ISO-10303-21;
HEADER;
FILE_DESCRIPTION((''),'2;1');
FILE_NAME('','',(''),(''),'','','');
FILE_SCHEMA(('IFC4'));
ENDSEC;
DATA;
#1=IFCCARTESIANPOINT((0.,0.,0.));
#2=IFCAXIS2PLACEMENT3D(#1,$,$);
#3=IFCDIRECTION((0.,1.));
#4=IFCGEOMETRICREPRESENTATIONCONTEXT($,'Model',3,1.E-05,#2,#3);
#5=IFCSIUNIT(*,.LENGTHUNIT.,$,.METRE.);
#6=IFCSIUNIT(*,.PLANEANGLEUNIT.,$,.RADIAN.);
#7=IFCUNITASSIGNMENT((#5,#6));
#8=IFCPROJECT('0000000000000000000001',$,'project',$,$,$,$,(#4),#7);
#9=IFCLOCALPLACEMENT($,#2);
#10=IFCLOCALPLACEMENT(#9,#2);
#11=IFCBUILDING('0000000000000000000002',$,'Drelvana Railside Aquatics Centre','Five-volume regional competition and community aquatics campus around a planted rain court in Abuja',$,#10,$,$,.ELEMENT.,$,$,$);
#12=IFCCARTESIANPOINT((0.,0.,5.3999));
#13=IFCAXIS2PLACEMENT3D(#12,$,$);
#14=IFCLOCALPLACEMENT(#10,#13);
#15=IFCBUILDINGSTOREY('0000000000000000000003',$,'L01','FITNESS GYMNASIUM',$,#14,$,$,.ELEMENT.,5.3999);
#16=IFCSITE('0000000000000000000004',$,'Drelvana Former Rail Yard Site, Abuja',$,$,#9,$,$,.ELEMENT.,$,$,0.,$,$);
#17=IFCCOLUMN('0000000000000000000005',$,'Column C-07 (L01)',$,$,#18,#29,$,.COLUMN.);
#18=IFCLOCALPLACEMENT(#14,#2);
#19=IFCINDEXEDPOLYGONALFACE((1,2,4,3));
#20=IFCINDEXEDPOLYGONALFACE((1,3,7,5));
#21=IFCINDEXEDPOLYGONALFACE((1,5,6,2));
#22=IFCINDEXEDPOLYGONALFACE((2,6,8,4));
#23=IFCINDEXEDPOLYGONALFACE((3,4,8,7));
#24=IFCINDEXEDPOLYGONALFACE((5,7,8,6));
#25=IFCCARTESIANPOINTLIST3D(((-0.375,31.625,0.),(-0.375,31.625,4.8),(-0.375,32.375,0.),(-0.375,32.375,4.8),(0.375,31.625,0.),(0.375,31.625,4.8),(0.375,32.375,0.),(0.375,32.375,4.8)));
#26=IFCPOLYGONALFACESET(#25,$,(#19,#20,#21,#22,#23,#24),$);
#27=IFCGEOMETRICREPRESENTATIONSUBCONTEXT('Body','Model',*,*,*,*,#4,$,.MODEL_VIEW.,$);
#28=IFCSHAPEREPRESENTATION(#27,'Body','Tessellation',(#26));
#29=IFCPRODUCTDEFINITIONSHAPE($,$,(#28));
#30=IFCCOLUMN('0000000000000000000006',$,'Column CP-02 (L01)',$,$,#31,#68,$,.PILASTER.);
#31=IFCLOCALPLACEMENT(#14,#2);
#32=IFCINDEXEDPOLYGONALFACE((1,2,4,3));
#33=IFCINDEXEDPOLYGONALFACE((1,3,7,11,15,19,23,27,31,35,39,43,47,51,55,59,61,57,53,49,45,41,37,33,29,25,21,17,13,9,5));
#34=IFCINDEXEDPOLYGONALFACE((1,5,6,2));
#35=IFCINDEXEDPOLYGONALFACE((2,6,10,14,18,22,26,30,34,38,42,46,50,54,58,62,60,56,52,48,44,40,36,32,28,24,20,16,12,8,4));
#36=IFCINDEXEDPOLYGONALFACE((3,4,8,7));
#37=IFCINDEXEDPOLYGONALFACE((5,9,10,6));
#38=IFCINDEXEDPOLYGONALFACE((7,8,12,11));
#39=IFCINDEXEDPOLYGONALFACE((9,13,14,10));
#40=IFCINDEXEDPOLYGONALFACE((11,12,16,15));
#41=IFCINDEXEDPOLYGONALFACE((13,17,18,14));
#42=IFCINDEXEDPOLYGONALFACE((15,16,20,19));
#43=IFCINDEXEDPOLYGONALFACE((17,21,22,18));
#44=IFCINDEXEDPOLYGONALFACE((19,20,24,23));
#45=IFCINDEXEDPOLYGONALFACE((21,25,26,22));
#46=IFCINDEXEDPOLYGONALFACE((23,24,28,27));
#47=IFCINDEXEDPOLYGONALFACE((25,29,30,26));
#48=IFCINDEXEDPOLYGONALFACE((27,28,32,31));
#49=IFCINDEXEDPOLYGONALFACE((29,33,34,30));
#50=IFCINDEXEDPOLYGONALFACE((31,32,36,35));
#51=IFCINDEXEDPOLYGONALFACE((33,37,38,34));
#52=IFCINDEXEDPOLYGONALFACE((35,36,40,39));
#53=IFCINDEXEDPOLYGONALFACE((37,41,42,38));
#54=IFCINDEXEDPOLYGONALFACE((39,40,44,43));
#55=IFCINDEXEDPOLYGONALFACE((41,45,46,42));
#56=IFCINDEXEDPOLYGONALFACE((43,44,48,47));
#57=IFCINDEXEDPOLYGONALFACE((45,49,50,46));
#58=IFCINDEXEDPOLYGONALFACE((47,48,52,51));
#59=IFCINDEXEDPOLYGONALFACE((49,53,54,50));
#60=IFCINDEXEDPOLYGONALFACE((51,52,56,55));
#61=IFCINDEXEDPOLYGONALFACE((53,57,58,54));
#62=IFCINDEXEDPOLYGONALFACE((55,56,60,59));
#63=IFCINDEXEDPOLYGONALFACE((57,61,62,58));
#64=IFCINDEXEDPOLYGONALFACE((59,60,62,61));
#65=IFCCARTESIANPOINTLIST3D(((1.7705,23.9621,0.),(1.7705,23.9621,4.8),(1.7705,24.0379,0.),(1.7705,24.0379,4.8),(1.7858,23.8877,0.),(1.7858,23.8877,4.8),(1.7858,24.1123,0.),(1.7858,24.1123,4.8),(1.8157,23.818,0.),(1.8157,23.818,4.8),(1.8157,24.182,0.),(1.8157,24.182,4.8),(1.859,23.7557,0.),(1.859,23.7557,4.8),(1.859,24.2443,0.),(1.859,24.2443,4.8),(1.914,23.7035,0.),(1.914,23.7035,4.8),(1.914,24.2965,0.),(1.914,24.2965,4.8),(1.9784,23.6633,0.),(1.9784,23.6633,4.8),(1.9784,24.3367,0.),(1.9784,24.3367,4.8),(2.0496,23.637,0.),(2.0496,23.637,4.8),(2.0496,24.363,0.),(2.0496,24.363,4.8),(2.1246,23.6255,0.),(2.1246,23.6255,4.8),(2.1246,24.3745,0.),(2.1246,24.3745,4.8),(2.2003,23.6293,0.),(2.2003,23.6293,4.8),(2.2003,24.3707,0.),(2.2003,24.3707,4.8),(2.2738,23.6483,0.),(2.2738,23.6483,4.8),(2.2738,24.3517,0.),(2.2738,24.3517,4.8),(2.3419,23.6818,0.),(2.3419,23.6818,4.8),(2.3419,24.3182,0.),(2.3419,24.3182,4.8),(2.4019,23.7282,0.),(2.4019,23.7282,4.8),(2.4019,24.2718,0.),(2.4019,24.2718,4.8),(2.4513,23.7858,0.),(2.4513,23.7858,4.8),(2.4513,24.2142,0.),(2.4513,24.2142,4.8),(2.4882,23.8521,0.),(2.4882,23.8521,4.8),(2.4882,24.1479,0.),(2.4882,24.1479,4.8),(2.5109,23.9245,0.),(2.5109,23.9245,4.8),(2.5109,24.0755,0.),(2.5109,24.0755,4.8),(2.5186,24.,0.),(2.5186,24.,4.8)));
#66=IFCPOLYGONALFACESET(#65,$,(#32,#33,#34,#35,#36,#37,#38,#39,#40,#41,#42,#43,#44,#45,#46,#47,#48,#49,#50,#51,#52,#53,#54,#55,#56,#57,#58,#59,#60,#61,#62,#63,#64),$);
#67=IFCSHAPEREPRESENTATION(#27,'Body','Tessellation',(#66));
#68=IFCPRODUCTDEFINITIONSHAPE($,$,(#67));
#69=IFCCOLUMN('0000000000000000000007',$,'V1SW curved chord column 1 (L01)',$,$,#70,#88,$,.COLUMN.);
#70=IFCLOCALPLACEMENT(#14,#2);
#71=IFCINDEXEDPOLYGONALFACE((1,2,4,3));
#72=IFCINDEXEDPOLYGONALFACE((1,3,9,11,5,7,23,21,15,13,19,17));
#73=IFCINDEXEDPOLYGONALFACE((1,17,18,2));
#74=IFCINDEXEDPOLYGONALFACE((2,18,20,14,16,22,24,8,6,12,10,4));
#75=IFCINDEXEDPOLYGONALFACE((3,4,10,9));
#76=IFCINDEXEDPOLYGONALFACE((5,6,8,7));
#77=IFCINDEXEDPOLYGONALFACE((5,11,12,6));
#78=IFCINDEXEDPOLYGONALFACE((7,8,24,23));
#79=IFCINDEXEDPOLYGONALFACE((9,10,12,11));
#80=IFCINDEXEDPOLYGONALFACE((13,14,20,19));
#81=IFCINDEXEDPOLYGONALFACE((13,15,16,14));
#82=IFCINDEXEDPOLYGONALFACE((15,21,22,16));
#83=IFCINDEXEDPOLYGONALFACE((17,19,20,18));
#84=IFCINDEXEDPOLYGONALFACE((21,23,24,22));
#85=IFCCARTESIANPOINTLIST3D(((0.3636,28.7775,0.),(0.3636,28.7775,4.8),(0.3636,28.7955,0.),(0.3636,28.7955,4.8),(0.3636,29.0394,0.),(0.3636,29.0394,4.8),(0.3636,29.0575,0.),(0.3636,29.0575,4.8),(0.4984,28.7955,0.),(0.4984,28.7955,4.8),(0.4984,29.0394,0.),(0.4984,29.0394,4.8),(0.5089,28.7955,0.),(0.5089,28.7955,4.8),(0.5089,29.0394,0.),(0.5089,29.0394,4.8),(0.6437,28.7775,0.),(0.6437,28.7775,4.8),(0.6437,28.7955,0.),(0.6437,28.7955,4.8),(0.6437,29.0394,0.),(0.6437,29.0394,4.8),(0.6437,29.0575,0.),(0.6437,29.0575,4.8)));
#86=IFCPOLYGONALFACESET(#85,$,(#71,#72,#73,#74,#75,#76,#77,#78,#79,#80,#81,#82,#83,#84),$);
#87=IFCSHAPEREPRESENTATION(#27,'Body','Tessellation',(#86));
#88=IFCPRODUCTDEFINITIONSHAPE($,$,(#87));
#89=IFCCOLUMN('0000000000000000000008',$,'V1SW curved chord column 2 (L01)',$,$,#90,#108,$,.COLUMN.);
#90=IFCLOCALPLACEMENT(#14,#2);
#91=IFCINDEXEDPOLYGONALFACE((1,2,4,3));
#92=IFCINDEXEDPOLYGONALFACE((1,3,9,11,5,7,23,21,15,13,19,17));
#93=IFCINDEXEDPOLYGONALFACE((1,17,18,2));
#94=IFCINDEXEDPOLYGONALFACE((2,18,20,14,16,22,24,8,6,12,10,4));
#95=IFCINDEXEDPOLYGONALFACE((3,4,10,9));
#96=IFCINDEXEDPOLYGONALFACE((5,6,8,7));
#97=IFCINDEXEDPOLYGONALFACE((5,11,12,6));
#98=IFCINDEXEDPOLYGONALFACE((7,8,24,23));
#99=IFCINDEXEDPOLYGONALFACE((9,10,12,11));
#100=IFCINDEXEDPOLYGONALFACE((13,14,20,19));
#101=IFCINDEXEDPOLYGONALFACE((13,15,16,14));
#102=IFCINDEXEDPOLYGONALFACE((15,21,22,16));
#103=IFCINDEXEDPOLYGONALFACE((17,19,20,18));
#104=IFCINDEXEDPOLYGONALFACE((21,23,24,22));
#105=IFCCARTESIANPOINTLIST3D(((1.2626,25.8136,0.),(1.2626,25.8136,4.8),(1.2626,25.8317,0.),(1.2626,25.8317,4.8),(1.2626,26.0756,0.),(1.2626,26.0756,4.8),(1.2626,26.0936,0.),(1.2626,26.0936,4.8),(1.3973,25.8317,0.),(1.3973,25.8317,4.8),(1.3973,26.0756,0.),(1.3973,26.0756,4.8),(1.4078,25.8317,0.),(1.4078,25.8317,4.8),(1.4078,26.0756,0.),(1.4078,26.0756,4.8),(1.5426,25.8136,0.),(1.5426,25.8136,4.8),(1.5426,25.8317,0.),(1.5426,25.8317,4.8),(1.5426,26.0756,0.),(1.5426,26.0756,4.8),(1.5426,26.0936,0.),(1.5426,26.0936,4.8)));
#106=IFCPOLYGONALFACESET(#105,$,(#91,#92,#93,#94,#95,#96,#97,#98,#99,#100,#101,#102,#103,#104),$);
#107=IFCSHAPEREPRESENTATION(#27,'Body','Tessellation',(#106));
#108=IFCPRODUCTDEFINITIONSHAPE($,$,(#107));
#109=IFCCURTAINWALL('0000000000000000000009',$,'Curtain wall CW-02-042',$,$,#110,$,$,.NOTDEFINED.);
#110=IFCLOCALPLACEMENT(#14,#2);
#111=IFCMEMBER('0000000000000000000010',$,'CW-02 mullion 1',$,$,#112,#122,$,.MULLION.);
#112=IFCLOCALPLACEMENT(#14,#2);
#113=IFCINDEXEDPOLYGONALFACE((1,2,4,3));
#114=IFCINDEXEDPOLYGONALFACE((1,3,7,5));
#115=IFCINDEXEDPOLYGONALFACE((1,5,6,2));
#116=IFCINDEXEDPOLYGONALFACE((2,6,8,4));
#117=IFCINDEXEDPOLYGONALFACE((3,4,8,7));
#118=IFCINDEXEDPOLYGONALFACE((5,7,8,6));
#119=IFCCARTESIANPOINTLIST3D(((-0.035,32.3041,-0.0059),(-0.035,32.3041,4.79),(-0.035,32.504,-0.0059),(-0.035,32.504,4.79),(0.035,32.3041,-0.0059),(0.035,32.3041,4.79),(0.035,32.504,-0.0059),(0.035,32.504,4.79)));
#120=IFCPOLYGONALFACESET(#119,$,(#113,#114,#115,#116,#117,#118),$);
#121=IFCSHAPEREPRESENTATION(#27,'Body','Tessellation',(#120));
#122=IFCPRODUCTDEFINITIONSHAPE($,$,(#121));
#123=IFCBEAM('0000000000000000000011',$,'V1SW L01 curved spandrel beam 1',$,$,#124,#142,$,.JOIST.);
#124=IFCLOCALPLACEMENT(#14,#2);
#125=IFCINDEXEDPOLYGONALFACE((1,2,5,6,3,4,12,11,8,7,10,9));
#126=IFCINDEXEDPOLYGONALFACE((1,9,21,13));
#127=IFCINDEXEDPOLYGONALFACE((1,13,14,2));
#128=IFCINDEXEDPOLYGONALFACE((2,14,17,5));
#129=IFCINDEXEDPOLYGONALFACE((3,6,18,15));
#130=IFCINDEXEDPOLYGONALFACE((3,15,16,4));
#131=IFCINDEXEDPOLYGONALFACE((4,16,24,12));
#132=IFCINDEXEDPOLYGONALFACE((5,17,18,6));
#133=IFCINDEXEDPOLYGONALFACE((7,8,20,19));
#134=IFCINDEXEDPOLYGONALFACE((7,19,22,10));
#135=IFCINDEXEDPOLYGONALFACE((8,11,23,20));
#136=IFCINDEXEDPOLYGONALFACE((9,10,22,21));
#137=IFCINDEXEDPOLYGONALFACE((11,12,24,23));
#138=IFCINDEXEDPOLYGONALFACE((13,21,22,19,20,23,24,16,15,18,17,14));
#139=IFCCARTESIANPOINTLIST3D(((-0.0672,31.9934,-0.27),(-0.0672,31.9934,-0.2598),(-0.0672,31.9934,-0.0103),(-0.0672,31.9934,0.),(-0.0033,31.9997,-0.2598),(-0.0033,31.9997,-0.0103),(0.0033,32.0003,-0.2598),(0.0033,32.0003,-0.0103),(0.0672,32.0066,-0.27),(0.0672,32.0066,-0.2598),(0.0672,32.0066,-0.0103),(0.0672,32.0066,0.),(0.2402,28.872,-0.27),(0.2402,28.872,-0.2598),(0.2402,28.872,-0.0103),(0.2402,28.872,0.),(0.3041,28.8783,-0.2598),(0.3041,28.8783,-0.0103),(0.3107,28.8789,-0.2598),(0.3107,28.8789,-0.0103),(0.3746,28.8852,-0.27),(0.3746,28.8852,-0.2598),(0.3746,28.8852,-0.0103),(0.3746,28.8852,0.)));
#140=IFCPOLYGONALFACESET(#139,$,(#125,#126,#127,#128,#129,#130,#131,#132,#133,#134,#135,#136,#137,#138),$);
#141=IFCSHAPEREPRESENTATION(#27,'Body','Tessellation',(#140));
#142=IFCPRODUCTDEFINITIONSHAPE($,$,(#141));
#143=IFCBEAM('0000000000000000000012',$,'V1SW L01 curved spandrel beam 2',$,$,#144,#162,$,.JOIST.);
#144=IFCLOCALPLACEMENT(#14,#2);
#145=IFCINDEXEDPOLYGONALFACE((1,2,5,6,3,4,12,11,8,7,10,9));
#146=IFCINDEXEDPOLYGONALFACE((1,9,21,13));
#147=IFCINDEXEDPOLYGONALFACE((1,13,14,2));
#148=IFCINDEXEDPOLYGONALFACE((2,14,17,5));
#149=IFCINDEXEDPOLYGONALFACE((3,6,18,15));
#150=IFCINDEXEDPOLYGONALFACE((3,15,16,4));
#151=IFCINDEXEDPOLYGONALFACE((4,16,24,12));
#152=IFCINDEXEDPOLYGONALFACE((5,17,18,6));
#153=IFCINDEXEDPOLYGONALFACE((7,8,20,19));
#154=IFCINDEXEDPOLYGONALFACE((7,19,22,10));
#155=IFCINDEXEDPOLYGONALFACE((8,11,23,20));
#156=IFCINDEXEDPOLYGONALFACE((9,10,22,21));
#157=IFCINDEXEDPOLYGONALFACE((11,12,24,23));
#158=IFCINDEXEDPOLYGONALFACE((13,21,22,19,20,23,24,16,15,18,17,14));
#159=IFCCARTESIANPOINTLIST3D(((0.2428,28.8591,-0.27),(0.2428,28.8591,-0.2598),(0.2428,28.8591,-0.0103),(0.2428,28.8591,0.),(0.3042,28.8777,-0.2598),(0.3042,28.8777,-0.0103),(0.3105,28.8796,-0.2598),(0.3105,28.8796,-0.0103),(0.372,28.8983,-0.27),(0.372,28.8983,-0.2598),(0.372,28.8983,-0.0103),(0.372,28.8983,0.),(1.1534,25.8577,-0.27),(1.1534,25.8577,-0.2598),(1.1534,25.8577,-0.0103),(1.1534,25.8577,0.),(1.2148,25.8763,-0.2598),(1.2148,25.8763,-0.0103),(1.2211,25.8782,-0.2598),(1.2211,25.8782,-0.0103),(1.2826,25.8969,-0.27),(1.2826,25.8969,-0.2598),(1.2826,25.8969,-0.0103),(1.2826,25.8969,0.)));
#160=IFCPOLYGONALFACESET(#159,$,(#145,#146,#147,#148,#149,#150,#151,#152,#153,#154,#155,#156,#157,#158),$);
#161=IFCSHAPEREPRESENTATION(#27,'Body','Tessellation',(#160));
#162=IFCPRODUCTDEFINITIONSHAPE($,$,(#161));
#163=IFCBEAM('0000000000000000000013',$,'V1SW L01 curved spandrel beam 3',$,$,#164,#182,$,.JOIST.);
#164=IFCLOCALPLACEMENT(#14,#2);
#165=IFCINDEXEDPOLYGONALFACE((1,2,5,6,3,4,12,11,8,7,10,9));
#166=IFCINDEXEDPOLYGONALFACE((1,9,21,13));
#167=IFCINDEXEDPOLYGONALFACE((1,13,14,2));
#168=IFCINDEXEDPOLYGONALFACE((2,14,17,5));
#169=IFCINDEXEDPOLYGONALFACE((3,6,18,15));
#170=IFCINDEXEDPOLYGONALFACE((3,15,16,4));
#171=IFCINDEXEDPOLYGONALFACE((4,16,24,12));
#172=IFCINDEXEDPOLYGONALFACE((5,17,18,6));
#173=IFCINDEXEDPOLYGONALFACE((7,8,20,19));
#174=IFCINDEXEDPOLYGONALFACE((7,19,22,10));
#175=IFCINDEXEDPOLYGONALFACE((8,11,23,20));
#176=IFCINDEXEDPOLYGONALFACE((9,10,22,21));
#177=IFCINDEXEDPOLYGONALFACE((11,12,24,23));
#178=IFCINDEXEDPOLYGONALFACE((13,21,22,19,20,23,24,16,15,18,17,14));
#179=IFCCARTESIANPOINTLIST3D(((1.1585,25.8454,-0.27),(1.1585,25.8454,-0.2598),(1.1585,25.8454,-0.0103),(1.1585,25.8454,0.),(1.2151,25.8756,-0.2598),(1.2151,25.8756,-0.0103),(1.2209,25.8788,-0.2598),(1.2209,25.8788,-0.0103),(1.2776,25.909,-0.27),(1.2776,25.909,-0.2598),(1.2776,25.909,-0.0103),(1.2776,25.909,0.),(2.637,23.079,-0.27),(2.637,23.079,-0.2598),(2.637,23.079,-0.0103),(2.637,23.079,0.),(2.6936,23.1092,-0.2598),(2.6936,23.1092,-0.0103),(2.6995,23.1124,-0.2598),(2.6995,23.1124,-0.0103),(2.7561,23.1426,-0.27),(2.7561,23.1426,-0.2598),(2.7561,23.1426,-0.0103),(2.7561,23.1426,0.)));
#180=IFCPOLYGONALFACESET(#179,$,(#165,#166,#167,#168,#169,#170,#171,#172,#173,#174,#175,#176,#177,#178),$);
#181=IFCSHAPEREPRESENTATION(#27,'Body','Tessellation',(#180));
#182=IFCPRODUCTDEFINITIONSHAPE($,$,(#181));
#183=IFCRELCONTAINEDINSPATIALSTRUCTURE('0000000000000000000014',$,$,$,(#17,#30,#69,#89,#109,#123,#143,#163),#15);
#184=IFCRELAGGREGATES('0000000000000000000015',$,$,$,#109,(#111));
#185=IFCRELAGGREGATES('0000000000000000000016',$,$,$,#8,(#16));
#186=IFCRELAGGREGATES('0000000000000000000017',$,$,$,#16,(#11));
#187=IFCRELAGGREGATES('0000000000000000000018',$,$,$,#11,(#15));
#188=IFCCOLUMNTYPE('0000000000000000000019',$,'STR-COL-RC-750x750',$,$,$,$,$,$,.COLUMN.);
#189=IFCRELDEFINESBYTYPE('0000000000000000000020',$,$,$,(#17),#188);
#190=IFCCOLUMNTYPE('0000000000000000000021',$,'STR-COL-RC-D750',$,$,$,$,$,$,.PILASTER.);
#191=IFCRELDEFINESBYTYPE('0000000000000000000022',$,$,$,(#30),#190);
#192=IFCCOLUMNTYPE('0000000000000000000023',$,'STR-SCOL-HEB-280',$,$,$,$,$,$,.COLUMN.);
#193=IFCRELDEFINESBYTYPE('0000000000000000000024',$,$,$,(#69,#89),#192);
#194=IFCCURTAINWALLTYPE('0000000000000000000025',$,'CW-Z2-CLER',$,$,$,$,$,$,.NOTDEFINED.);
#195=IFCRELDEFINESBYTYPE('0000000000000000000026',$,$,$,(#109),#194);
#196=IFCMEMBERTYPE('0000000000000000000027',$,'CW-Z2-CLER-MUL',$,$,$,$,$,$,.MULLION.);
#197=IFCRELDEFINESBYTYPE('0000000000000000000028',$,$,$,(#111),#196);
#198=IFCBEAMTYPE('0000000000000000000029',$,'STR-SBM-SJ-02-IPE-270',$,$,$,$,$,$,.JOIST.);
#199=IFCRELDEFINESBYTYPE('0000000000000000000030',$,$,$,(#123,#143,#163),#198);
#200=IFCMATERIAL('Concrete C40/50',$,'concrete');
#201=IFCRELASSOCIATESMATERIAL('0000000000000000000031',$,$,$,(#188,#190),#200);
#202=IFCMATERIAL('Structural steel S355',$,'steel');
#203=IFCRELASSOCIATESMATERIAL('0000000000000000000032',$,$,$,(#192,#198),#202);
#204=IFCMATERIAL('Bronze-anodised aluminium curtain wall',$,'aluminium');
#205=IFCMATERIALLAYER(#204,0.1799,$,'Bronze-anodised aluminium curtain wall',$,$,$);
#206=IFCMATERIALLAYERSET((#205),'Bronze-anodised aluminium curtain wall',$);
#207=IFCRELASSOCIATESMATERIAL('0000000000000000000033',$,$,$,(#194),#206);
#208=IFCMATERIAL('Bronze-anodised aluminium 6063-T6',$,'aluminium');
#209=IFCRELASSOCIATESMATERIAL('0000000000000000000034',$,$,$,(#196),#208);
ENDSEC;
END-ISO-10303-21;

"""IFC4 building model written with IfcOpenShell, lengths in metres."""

from ifc_helpers import new_model, si_unit, direction, frame, origin, origin_2d, place, context, subcontext, project, spatial, rectangle, circle, i_section, extrude, material, layer, layer_set, material_profile, profile_set, type_object, element, aggregate, save


model = new_model("IFC4")

# Units and contexts
model_context = context("Model", 3, precision=1e-05, world=origin(), true_north=direction((0.0, 1.0)))
body_context = subcontext(model_context, "Body", "Model", "MODEL_VIEW")
ifc_project = project(units=[si_unit("LENGTHUNIT", "METRE"), si_unit("PLANEANGLEUNIT", "RADIAN")], contexts=[model_context])

# Site, building, storey
site_placement = place(None, origin())
site = spatial("IfcSite", under=ifc_project, at=site_placement, Name="Drelvana Former Rail Yard Site, Abuja", CompositionType="ELEMENT", RefElevation=0.0)
building_placement = place(site_placement, origin())
building = spatial("IfcBuilding", under=site, at=building_placement, Name="Drelvana Railside Aquatics Centre", Description="Five-volume regional competition and community aquatics campus around a planted rain court in Abuja", CompositionType="ELEMENT")
storey_placement = place(building_placement, frame((0.0, 0.0, 5.3999)))
storey = spatial("IfcBuildingStorey", under=building, at=storey_placement, Name="L01", Description="FITNESS GYMNASIUM", CompositionType="ELEMENT", Elevation=5.3999)

# Columns
ifc_material_1 = material(Name="Concrete C40/50", Category="concrete")
ifc_material_profile_1 = material_profile(ifc_material_1, rectangle(XDim=0.75, YDim=0.75, at=origin_2d()), Name="RC 750x750")
ifc_profile_set_1 = profile_set([ifc_material_profile_1], Name="Concrete C40/50")
column_type_1 = type_object("IfcColumnType", Name="STR-COL-RC-750x750", PredefinedType="COLUMN", material=ifc_profile_set_1)
column_1_placement = place(storey_placement, frame((0.0, 32.0, 0.0), z_axis=(0.0, 0.0, 1.0), x_axis=(1.0, 0.0, 0.0)))
element("IfcColumn", 1, at=column_1_placement, inside=storey, type_object=column_type_1, Name="Column C-07 (L01)", PredefinedType="COLUMN", context=body_context, shape_type="SweptSolid", body=[
    extrude(rectangle(XDim=0.75, YDim=0.75, at=origin_2d()), origin(), (0.0, 0.0, 1.0), 4.8),
])
ifc_material_profile_2 = material_profile(ifc_material_1, circle(Radius=0.375, at=origin_2d()), Name="RC D750")
ifc_profile_set_2 = profile_set([ifc_material_profile_2], Name="Concrete C40/50")
column_type_2 = type_object("IfcColumnType", Name="STR-COL-RC-D750", PredefinedType="PILASTER", material=ifc_profile_set_2)
column_2_placement = place(storey_placement, frame((2.1436, 24.0, 0.0), z_axis=(0.0, 0.0, 1.0), x_axis=(1.0, 0.0, 0.0)))
element("IfcColumn", 2, at=column_2_placement, inside=storey, type_object=column_type_2, Name="Column CP-02 (L01)", PredefinedType="PILASTER", context=body_context, shape_type="SweptSolid", body=[
    extrude(circle(Radius=0.375, at=origin_2d()), origin(), (0.0, 0.0, 1.0), 4.8),
])
ifc_material_2 = material(Name="Structural steel S355", Category="steel")
ifc_material_profile_3 = material_profile(ifc_material_2, i_section(OverallWidth=0.28, OverallDepth=0.28, WebThickness=0.0105, FlangeThickness=0.0181, at=origin_2d()), Name="HEB 280")
ifc_profile_set_3 = profile_set([ifc_material_profile_3], Name="Structural steel S355")
column_type_3 = type_object("IfcColumnType", Name="STR-SCOL-HEB-280", PredefinedType="COLUMN", material=ifc_profile_set_3)
for number, where, z_axis, x_axis, name in (
    (3, (0.5037, 28.9175, 0.0), (0.0, 0.0, 1.0), (1.0, 0.0, 0.0), "V1SW curved chord column 1 (L01)"),
    (4, (1.4026, 25.9536, 0.0), (0.0, 0.0, 1.0), (1.0, 0.0, 0.0), "V1SW curved chord column 2 (L01)"),
):
    element("IfcColumn", number, at=place(storey_placement, frame(where, z_axis=z_axis, x_axis=x_axis)), inside=storey, type_object=column_type_3, Name=name, PredefinedType="COLUMN", context=body_context, shape_type="SweptSolid", body=[
        extrude(i_section(OverallWidth=0.28, OverallDepth=0.28, WebThickness=0.0105, FlangeThickness=0.0181, at=origin_2d()), origin(), (0.0, 0.0, 1.0), 4.8),
    ])

# Curtain wall, member
ifc_material_3 = material(Name="Bronze-anodised aluminium curtain wall", Category="aluminium")
ifc_layer_1 = layer(ifc_material_3, 0.1799, Name="Bronze-anodised aluminium curtain wall")
ifc_layer_set_1 = layer_set([ifc_layer_1], Name="Bronze-anodised aluminium curtain wall")
curtain_wall_type = type_object("IfcCurtainWallType", Name="CW-Z2-CLER", PredefinedType="NOTDEFINED", material=ifc_layer_set_1)
curtain_wall_placement = place(storey_placement, origin())
curtain_wall = element("IfcCurtainWall", 5, at=curtain_wall_placement, inside=storey, type_object=curtain_wall_type, Name="Curtain wall CW-02-042", PredefinedType="NOTDEFINED")
ifc_material_4 = material(Name="Bronze-anodised aluminium 6063-T6", Category="aluminium")
ifc_material_profile_4 = material_profile(ifc_material_4, rectangle(XDim=0.0701, YDim=0.2, at=origin_2d()), Name="ALU-M 70x200")
ifc_profile_set_4 = profile_set([ifc_material_profile_4], Name="Bronze-anodised aluminium 6063-T6")
member_type = type_object("IfcMemberType", Name="CW-Z2-CLER-MUL", PredefinedType="MULLION", material=ifc_profile_set_4)
member_placement = place(storey_placement, frame((0.0, 32.4041, -0.0059), z_axis=(0.0, 0.0, 1.0), x_axis=(-1.0, 0.0, 0.0)))
member = element("IfcMember", 6, at=member_placement, type_object=member_type, Name="CW-02 mullion 1", PredefinedType="MULLION", context=body_context, shape_type="SweptSolid", body=[
    extrude(rectangle(XDim=0.0701, YDim=0.2, at=origin_2d()), origin(), (0.0, 0.0, 1.0), 4.7959),
])
aggregate(curtain_wall, [member])

# Beams
ifc_material_profile_5 = material_profile(ifc_material_2, i_section(OverallWidth=0.135, OverallDepth=0.27, WebThickness=0.0066, FlangeThickness=0.0103, at=origin_2d()), Name="IPE 270")
ifc_profile_set_5 = profile_set([ifc_material_profile_5], Name="Structural steel S355")
beam_type = type_object("IfcBeamType", Name="STR-SBM-SJ-02-IPE-270", PredefinedType="JOIST", material=ifc_profile_set_5)
for number, where, z_axis, x_axis, name in (
    (7, (0.0, 32.0, -0.135), (0.098001, -0.995186, 0.0), (0.995186, 0.098001, 0.0), "V1SW L01 curved spandrel beam 1"),
    (8, (0.3074, 28.8787, -0.135), (0.290331, -0.956926, 0.0), (0.956926, 0.290331, 0.0), "V1SW L01 curved spandrel beam 2"),
):
    element("IfcBeam", number, at=place(storey_placement, frame(where, z_axis=z_axis, x_axis=x_axis)), inside=storey, type_object=beam_type, Name=name, PredefinedType="JOIST", context=body_context, shape_type="SweptSolid", body=[
        extrude(i_section(OverallWidth=0.135, OverallDepth=0.27, WebThickness=0.0066, FlangeThickness=0.0103, at=origin_2d()), origin(), (0.0, 0.0, 1.0), 3.1365),
    ])
beam_placement = place(storey_placement, frame((1.218, 25.8772, -0.135), z_axis=(0.471364, -0.881939, 0.0), x_axis=(0.881939, 0.471364, 0.0)))
element("IfcBeam", 9, at=beam_placement, inside=storey, type_object=beam_type, Name="V1SW L01 curved spandrel beam 3", PredefinedType="JOIST", context=body_context, shape_type="SweptSolid", body=[
    extrude(i_section(OverallWidth=0.135, OverallDepth=0.27, WebThickness=0.0066, FlangeThickness=0.0103, at=origin_2d()), origin(), (0.0, 0.0, 1.0), 3.1367),
])

save(model, "model.ifc")
